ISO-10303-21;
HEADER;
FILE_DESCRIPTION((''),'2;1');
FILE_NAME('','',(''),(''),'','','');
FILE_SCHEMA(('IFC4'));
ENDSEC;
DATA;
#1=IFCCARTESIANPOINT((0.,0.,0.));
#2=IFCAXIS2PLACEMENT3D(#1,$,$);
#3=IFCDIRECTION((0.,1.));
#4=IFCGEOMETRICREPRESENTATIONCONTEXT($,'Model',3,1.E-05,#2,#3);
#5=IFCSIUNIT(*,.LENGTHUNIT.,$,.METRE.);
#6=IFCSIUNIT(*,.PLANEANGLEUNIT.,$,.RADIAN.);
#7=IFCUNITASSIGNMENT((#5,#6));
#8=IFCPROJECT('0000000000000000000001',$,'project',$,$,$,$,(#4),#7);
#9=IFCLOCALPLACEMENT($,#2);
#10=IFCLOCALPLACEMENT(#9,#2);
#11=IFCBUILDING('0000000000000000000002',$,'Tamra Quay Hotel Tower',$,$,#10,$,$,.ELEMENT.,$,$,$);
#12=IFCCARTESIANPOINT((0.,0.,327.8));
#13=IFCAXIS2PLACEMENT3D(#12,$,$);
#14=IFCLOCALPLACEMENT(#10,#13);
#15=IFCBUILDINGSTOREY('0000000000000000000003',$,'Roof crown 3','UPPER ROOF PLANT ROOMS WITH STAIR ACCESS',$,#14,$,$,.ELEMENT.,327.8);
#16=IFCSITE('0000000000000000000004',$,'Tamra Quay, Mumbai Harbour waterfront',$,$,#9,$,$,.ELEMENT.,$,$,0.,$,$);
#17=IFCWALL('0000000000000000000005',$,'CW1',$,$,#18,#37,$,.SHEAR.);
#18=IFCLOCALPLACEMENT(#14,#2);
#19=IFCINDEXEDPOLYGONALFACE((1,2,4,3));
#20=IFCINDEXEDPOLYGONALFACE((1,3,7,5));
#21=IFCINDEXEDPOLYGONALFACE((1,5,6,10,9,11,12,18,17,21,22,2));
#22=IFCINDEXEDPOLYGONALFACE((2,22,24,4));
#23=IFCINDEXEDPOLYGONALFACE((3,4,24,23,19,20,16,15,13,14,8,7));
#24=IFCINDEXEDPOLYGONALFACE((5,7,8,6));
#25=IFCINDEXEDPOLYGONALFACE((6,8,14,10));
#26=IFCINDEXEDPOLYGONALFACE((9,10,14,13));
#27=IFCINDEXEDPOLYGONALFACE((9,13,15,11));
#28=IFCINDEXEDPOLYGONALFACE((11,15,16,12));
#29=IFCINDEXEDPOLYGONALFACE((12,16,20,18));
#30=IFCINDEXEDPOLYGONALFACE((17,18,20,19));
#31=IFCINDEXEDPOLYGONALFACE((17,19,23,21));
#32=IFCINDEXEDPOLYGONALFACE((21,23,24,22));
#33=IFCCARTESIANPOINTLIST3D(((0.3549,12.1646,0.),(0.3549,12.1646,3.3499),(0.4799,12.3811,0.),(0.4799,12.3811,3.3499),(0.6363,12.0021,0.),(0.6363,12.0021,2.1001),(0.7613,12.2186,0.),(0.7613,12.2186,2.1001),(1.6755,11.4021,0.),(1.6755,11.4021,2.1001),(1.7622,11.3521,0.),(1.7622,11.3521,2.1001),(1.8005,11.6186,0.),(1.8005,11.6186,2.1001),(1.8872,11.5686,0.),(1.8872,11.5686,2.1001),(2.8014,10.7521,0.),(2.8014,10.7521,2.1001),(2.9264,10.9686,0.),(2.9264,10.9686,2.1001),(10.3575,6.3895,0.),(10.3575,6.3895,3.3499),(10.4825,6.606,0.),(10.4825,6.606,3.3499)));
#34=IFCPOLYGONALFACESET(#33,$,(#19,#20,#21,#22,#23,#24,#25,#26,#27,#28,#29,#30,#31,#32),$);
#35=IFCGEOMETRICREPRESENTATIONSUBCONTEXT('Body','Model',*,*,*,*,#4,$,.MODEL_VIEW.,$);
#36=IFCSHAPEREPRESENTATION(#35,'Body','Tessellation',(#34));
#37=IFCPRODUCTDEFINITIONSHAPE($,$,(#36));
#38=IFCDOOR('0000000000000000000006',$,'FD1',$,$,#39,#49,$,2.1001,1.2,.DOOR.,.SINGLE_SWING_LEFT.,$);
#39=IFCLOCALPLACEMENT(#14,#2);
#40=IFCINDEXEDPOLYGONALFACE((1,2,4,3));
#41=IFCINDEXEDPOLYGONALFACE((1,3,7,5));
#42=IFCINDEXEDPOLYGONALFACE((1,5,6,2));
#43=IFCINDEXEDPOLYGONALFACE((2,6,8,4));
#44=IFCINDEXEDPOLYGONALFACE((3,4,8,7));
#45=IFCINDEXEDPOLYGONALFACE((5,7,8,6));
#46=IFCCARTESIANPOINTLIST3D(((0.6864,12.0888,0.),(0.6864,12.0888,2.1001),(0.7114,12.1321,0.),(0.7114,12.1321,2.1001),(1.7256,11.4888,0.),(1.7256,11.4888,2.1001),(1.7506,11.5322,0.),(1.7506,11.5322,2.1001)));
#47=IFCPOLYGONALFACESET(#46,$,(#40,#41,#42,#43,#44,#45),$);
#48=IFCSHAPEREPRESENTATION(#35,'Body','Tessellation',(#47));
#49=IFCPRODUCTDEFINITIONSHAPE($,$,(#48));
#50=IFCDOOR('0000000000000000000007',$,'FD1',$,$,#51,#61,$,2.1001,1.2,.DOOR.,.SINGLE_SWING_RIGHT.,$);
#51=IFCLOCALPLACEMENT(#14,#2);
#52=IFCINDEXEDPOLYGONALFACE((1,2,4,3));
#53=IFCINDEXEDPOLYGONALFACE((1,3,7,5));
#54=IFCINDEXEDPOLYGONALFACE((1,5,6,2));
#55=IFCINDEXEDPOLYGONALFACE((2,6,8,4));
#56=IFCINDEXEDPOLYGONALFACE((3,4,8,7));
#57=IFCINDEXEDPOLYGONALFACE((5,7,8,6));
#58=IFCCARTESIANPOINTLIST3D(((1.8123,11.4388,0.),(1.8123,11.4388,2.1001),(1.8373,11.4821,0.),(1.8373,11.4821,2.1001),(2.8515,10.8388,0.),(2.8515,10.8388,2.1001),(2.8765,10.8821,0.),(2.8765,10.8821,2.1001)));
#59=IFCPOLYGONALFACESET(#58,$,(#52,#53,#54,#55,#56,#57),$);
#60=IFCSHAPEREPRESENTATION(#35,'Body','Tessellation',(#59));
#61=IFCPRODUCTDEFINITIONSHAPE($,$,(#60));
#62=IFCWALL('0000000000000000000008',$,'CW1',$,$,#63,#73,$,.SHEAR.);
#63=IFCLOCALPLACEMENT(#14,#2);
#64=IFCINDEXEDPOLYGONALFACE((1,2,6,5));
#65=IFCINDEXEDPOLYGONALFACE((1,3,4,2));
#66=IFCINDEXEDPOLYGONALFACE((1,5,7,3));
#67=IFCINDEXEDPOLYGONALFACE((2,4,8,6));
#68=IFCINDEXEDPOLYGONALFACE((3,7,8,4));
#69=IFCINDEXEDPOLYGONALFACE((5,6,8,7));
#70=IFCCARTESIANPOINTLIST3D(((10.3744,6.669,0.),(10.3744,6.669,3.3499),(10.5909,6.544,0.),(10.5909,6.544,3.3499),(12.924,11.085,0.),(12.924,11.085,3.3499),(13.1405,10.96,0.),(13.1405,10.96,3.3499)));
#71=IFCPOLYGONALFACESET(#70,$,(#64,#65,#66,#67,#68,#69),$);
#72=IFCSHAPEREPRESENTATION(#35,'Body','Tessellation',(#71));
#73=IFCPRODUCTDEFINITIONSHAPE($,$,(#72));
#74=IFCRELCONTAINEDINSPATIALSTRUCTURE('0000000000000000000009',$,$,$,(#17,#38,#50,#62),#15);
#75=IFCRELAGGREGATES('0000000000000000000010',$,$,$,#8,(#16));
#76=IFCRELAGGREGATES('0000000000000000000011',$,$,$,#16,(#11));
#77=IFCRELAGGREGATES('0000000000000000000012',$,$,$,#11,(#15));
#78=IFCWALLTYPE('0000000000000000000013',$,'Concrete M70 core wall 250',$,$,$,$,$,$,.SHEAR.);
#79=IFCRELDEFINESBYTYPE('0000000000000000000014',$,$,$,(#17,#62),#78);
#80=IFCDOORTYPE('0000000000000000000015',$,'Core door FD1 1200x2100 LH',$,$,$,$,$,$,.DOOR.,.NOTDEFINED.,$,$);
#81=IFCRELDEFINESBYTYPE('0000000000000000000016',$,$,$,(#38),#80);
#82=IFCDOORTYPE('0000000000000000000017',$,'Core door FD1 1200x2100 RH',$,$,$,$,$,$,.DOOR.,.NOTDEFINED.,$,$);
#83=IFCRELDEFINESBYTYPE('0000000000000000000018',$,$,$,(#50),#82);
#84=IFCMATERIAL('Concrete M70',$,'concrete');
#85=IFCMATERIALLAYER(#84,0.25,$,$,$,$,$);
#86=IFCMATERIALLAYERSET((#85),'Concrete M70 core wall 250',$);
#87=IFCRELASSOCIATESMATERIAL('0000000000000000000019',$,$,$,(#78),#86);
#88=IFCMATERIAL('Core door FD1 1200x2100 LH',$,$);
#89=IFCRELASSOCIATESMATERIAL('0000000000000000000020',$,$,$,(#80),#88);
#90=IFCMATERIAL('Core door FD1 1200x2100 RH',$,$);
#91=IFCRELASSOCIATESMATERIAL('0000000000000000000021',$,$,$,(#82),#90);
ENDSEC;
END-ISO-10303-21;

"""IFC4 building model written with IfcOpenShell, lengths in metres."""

from ifc_helpers import new_model, si_unit, direction, frame, frame_2d, origin, place, context, subcontext, project, spatial, rectangle, extrude, material, layer, layer_set, type_object, element, fill, save


model = new_model("IFC4")

# Units and contexts
model_context = context("Model", 3, precision=1e-05, world=origin(), true_north=direction((0.0, 1.0)))
body_context = subcontext(model_context, "Body", "Model", "MODEL_VIEW")
ifc_project = project(units=[si_unit("LENGTHUNIT", "METRE"), si_unit("PLANEANGLEUNIT", "RADIAN")], contexts=[model_context])

# Site, building, storey
site_placement = place(None, origin())
site = spatial("IfcSite", under=ifc_project, at=site_placement, Name="Tamra Quay, Mumbai Harbour waterfront", CompositionType="ELEMENT", RefElevation=0.0)
building_placement = place(site_placement, origin())
building = spatial("IfcBuilding", under=site, at=building_placement, Name="Tamra Quay Hotel Tower", CompositionType="ELEMENT")
storey_placement = place(building_placement, frame((0.0, 0.0, 327.8)))
storey = spatial("IfcBuildingStorey", under=building, at=storey_placement, Name="Roof crown 3", Description="UPPER ROOF PLANT ROOMS WITH STAIR ACCESS", CompositionType="ELEMENT", Elevation=327.8)

# Wall, openings, doors
ifc_material_1 = material(Name="Concrete M70", Category="concrete")
ifc_layer_1 = layer(ifc_material_1, 0.25)
ifc_layer_set_1 = layer_set([ifc_layer_1], Name="Concrete M70 core wall 250")
wall_type = type_object("IfcWallType", Name="Concrete M70 core wall 250", PredefinedType="SHEAR", material=ifc_layer_set_1)
wall_1_placement = place(storey_placement, frame((10.4199, 6.4978, 0.0), z_axis=(0.0, 0.0, 1.0), x_axis=(-0.866022, 0.500006, 0.0)))
wall_1 = element("IfcWall", 1, at=wall_1_placement, inside=storey, type_object=wall_type, Name="CW1", PredefinedType="SHEAR", context=body_context, shape_type="SweptSolid", body=[
    extrude(rectangle(XDim=11.55, YDim=0.25, at=frame_2d((5.7749, 0.0))), origin(), (0.0, 0.0, 1.0), 3.3499),
])
opening_1_placement = place(wall_1_placement, frame((10.0249, 0.0, 0.0)))
opening_1 = element("IfcOpeningElement", 2, at=opening_1_placement, cuts=wall_1, PredefinedType="OPENING", context=body_context, shape_type="SweptSolid", body=[
    extrude(rectangle(XDim=1.2, YDim=2.1001, at=frame_2d((0.6001, 1.05))), frame((0.0, 0.135, 0.0), z_axis=(0.0, -1.0, 0.0), x_axis=(1.0, 0.0, 0.0)), (0.0, 0.0, 1.0), 0.27),
])
opening_2_placement = place(wall_1_placement, frame((8.7249, 0.0, 0.0)))
opening_2 = element("IfcOpeningElement", 3, at=opening_2_placement, cuts=wall_1, PredefinedType="OPENING", context=body_context, shape_type="SweptSolid", body=[
    extrude(rectangle(XDim=1.2, YDim=2.1001, at=frame_2d((0.6001, 1.05))), frame((0.0, 0.135, 0.0), z_axis=(0.0, -1.0, 0.0), x_axis=(1.0, 0.0, 0.0)), (0.0, 0.0, 1.0), 0.27),
])
ifc_material_2 = material(Name="Core door FD1 1200x2100 LH")
door_type_1 = type_object("IfcDoorType", Name="Core door FD1 1200x2100 LH", OperationType="NOTDEFINED", PredefinedType="DOOR", material=ifc_material_2)
door_1_placement = place(opening_1_placement, origin())
door_1 = element("IfcDoor", 4, at=door_1_placement, inside=storey, type_object=door_type_1, Name="FD1", OperationType="SINGLE_SWING_LEFT", OverallHeight=2.1001, OverallWidth=1.2, PredefinedType="DOOR", context=body_context, shape_type="SweptSolid", body=[
    extrude(rectangle(XDim=1.2, YDim=2.1001, at=frame_2d((0.6001, 1.05))), frame((0.0, 0.0249, 0.0), z_axis=(0.0, -1.0, 0.0), x_axis=(1.0, 0.0, 0.0)), (0.0, 0.0, 1.0), 0.05),
])
fill(opening_1, door_1)
ifc_material_3 = material(Name="Core door FD1 1200x2100 RH")
door_type_2 = type_object("IfcDoorType", Name="Core door FD1 1200x2100 RH", OperationType="NOTDEFINED", PredefinedType="DOOR", material=ifc_material_3)
door_2_placement = place(opening_2_placement, origin())
door_2 = element("IfcDoor", 5, at=door_2_placement, inside=storey, type_object=door_type_2, Name="FD1", OperationType="SINGLE_SWING_RIGHT", OverallHeight=2.1001, OverallWidth=1.2, PredefinedType="DOOR", context=body_context, shape_type="SweptSolid", body=[
    extrude(rectangle(XDim=1.2, YDim=2.1001, at=frame_2d((0.6001, 1.05))), frame((0.0, 0.0249, 0.0), z_axis=(0.0, -1.0, 0.0), x_axis=(1.0, 0.0, 0.0)), (0.0, 0.0, 1.0), 0.05),
])
fill(opening_2, door_2)

# Wall
wall_2_placement = place(storey_placement, frame((13.0322, 11.0225, 0.0), z_axis=(0.0, 0.0, 1.0), x_axis=(-0.499996, -0.866028, 0.0)))
element("IfcWall", 6, at=wall_2_placement, inside=storey, type_object=wall_type, Name="CW1", PredefinedType="SHEAR", context=body_context, shape_type="SweptSolid", body=[
    extrude(rectangle(XDim=5.0991, YDim=0.25, at=frame_2d((2.5496, 0.0))), origin(), (0.0, 0.0, 1.0), 3.3499),
])

save(model, "model.ifc")
